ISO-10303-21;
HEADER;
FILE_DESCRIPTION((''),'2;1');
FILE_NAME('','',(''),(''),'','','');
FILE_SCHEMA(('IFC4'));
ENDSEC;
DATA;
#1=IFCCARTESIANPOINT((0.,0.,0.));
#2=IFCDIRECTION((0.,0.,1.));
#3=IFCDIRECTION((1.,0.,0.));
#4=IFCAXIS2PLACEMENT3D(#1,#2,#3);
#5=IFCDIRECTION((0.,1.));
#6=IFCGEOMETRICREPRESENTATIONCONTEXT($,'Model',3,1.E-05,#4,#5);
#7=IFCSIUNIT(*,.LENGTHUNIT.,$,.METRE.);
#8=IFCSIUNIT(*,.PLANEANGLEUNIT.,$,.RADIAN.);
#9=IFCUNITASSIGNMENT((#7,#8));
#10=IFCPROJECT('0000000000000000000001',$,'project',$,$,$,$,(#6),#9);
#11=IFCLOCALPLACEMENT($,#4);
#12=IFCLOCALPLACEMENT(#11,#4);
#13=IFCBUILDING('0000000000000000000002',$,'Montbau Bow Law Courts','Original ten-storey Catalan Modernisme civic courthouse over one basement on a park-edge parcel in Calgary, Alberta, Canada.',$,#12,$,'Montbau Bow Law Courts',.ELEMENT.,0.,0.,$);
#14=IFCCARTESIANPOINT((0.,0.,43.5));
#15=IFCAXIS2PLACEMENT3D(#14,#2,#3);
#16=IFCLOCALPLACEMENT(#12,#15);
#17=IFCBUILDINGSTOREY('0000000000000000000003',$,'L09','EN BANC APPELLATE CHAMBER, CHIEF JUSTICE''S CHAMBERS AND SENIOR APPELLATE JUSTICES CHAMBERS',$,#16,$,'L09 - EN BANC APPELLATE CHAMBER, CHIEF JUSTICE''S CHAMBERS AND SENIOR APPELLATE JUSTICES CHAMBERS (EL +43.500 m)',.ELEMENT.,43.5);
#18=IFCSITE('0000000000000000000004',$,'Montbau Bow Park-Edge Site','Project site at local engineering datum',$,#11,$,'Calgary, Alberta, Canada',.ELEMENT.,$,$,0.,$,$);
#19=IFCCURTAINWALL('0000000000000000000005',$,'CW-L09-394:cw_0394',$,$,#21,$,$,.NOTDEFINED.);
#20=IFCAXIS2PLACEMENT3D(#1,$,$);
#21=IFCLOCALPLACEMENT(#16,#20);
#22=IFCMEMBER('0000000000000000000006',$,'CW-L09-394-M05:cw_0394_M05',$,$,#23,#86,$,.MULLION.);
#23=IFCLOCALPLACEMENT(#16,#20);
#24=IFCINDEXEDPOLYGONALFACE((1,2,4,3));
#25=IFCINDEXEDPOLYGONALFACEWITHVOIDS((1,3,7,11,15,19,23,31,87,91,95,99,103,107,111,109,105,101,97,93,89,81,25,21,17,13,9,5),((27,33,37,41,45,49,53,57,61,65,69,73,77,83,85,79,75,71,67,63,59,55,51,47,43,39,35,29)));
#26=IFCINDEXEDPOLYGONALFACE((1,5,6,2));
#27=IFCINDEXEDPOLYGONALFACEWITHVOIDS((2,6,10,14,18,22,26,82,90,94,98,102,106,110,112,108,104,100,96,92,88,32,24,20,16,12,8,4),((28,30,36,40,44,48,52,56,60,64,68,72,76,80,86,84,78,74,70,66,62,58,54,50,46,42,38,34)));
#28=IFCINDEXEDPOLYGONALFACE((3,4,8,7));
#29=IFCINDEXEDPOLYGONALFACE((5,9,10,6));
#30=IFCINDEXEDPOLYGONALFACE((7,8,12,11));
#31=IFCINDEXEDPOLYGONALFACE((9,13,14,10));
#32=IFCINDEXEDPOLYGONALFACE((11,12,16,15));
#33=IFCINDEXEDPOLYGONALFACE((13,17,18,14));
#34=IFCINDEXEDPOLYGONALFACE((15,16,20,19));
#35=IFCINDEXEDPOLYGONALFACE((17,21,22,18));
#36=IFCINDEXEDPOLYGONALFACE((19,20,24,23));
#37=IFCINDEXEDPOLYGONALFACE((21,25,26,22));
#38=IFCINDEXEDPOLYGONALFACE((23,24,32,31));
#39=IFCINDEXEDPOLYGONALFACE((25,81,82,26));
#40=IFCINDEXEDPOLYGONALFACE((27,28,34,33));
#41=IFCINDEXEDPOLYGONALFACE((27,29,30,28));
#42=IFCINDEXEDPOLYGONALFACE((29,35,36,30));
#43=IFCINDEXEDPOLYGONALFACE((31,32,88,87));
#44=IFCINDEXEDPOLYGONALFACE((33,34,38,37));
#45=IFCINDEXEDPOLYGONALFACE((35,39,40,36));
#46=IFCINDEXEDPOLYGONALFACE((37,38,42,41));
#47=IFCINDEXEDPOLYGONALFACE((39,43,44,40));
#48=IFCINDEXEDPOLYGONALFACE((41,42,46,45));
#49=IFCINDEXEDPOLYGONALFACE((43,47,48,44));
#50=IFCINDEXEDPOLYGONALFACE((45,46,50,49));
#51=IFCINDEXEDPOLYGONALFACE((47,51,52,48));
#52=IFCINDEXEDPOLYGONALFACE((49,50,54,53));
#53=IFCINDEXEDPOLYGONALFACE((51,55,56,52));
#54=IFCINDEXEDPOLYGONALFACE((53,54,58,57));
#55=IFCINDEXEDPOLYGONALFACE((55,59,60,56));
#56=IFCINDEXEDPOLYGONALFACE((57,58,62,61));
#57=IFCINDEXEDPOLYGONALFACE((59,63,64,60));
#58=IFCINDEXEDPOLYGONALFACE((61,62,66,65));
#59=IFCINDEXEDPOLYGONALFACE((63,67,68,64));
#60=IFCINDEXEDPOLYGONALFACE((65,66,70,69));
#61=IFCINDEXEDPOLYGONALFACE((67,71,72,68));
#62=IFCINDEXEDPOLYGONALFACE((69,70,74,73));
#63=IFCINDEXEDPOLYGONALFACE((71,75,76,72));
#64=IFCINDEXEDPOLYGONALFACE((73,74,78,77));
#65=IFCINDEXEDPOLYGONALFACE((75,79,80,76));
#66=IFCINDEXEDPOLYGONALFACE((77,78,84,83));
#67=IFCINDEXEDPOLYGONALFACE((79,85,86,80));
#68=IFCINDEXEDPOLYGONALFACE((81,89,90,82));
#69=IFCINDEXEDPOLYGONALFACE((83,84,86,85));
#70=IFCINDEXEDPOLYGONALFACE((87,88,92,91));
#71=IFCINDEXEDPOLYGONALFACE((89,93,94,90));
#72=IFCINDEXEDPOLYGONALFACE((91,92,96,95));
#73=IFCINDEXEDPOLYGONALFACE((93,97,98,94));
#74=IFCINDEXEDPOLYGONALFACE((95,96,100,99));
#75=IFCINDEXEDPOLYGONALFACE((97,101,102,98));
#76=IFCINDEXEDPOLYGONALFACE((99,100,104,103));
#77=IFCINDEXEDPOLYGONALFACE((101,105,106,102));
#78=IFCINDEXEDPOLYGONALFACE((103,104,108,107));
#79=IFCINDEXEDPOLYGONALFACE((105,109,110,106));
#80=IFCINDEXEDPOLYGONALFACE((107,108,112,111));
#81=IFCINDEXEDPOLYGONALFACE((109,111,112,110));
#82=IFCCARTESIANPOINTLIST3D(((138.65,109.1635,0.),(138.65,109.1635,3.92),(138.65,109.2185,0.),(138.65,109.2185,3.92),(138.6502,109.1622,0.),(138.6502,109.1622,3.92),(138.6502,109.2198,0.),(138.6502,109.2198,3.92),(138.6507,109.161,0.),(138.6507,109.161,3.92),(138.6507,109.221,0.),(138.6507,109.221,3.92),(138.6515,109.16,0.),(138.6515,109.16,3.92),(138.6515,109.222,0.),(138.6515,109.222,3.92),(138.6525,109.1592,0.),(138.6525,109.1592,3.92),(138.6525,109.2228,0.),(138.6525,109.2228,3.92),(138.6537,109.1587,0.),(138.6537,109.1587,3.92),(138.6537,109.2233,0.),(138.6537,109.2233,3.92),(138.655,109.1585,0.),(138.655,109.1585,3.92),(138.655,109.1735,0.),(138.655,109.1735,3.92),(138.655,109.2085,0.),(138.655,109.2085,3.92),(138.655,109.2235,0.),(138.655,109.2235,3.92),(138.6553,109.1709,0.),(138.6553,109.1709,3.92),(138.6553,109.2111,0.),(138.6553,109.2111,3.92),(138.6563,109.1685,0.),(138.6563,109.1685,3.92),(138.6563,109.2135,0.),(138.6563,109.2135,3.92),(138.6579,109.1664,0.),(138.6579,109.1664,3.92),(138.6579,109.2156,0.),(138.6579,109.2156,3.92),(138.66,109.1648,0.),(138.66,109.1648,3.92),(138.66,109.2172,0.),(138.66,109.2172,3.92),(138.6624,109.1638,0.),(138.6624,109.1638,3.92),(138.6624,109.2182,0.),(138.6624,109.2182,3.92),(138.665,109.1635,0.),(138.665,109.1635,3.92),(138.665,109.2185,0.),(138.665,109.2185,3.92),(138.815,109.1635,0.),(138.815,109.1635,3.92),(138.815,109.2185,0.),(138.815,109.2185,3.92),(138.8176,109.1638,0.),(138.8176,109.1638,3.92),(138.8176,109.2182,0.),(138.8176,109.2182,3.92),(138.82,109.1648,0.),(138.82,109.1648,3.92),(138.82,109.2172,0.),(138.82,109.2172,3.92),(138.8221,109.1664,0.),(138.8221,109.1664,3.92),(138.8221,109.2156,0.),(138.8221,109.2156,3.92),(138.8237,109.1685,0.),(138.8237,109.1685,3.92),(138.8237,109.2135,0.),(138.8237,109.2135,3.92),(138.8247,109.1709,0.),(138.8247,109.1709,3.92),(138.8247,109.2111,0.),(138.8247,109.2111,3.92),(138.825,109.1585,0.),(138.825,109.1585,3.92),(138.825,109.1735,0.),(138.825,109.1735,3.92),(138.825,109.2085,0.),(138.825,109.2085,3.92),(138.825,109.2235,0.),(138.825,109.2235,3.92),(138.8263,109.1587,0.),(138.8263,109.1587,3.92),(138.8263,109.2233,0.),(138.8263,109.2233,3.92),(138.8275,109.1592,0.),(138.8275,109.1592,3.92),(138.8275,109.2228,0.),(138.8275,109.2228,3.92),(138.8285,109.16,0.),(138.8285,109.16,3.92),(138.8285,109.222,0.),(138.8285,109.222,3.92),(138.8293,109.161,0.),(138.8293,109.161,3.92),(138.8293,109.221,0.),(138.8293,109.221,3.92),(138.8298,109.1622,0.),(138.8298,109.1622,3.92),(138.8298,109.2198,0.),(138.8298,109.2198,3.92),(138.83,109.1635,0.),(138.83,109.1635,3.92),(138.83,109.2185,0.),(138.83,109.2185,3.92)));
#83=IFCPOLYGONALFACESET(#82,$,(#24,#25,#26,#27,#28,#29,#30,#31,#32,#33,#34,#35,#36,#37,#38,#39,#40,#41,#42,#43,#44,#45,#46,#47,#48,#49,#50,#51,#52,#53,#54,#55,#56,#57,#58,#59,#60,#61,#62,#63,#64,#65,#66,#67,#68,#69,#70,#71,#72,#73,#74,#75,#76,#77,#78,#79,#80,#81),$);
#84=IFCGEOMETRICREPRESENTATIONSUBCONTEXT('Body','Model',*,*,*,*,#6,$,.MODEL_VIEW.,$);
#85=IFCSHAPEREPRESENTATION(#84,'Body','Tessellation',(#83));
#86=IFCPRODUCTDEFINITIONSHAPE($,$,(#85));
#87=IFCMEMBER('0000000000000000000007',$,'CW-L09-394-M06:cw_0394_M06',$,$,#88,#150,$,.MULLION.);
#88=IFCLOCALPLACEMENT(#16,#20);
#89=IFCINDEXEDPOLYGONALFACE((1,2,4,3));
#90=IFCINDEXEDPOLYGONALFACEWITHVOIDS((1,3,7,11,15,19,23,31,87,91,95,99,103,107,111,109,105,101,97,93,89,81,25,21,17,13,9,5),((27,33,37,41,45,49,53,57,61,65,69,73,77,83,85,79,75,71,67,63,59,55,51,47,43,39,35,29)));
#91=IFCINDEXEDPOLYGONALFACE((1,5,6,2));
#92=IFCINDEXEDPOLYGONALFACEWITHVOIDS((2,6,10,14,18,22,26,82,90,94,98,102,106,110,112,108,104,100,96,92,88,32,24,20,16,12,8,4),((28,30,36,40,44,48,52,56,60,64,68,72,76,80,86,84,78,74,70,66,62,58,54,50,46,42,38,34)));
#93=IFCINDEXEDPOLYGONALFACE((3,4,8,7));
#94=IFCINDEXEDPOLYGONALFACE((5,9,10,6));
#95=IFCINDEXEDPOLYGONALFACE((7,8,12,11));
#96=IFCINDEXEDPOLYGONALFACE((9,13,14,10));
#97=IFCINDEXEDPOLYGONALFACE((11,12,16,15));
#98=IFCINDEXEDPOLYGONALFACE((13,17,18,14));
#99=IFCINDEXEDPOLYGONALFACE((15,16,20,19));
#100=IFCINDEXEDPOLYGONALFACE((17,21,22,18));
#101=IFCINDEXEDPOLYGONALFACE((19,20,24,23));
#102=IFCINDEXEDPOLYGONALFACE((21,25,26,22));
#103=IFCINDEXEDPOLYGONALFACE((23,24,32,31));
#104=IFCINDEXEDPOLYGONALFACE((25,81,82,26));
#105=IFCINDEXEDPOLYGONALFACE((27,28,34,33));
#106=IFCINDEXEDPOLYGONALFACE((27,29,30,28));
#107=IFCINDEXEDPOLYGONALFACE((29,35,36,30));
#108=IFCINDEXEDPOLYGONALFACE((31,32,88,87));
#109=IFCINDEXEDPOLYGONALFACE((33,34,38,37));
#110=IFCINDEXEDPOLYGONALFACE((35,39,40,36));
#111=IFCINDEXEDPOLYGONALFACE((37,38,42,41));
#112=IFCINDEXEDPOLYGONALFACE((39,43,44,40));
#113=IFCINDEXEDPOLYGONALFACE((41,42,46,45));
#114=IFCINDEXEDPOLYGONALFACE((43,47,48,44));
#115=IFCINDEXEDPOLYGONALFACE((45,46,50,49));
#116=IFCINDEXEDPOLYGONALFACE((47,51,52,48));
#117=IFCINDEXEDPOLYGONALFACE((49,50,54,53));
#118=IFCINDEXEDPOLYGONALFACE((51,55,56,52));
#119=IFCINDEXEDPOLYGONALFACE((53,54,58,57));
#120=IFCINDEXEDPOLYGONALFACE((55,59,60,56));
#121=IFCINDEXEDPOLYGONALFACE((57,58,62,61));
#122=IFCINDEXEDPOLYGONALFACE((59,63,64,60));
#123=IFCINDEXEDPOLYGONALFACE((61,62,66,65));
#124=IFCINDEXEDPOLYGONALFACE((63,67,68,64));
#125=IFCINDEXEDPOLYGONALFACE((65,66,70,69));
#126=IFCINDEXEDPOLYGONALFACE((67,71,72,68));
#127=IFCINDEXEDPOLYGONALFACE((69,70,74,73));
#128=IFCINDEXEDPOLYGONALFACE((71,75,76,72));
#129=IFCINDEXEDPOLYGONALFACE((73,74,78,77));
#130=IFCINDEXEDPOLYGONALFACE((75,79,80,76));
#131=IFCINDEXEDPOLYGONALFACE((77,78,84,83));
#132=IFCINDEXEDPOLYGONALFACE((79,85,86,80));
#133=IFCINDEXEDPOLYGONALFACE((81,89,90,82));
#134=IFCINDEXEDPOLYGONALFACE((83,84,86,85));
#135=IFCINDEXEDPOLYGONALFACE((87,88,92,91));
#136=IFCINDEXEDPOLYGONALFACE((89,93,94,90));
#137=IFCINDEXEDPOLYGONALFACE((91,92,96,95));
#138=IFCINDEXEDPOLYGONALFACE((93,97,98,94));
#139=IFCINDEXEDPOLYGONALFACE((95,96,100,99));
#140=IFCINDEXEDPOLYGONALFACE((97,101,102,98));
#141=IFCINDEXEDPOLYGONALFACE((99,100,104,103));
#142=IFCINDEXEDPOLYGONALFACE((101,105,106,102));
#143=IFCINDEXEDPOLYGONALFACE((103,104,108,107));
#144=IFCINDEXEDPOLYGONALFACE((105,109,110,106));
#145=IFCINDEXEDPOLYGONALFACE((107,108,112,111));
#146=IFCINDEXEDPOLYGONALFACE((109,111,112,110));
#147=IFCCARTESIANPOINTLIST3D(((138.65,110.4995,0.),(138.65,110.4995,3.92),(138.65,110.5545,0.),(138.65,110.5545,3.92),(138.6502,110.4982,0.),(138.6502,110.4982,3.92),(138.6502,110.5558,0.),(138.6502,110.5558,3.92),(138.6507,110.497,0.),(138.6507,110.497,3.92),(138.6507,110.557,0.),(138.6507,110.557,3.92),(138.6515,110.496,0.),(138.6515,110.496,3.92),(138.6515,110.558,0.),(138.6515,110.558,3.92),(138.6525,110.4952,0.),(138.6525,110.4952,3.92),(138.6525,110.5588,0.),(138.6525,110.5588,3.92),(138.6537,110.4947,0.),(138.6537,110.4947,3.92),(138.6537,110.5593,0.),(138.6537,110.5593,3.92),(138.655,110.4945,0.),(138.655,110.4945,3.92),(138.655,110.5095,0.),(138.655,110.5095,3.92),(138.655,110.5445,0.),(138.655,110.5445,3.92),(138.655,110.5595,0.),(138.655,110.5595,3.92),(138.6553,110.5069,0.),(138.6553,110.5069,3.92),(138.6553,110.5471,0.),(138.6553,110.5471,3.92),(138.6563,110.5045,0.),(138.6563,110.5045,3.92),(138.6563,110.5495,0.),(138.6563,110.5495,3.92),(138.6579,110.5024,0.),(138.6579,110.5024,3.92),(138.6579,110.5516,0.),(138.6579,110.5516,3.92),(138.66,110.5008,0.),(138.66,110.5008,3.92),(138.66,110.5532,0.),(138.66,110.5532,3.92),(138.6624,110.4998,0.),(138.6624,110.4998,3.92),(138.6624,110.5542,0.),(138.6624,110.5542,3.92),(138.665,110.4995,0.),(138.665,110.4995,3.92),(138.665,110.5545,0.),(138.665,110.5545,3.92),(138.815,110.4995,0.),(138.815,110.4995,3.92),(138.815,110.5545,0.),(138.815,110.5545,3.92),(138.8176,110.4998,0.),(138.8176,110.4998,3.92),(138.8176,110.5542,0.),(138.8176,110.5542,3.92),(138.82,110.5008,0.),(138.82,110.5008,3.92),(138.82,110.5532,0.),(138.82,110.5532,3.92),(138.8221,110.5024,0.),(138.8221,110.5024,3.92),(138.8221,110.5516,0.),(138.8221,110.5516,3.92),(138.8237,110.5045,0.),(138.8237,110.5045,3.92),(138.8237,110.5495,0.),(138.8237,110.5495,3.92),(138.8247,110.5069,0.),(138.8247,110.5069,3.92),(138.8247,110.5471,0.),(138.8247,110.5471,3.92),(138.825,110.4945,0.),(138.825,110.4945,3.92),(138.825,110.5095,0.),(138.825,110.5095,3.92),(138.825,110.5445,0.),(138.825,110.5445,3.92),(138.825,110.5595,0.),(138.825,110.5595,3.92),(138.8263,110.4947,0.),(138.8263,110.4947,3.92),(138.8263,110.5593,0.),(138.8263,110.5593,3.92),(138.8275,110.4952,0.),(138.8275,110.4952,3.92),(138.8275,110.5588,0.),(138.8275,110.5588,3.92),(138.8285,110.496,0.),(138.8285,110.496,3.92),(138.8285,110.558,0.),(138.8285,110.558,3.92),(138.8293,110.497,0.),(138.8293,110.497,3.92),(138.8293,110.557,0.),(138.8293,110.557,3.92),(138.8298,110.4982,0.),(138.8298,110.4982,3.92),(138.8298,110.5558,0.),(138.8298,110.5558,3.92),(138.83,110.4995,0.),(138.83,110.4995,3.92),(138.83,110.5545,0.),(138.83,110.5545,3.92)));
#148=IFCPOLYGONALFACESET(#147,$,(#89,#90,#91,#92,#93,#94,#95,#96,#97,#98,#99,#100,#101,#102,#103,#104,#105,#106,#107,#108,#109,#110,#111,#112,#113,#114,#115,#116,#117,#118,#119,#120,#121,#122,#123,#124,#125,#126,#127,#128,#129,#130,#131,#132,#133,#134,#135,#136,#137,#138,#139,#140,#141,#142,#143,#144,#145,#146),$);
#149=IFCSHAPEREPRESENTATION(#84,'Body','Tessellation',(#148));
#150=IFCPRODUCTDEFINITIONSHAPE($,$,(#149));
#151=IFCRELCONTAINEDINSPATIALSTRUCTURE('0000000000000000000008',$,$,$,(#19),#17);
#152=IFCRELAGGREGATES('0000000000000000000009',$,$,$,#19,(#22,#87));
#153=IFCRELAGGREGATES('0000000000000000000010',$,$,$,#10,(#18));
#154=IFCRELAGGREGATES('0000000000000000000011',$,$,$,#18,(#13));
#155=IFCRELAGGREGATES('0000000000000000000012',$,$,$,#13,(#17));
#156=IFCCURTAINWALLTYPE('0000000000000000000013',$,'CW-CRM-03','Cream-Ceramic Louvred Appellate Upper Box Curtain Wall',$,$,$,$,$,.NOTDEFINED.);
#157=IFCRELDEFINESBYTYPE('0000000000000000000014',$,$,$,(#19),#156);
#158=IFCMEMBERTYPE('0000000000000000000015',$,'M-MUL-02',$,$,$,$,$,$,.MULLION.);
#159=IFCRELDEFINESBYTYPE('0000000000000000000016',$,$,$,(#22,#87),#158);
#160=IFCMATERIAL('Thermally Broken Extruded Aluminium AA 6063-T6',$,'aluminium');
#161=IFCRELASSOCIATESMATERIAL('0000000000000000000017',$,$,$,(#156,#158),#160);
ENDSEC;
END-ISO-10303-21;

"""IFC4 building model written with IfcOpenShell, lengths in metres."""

from ifc_helpers import new_model, si_unit, direction, frame, origin_with_axes, origin_2d_with_axis, place, context, subcontext, project, spatial, hollow_rectangle, extrude, material, material_profile, profile_set, type_object, element, aggregate, save


model = new_model("IFC4")

# Units and contexts
model_context = context("Model", 3, precision=1e-05, world=origin_with_axes(), true_north=direction((0.0, 1.0)))
body_context = subcontext(model_context, "Body", "Model", "MODEL_VIEW")
ifc_project = project(units=[si_unit("LENGTHUNIT", "METRE"), si_unit("PLANEANGLEUNIT", "RADIAN")], contexts=[model_context])

# Site, building, storey
site_placement = place(None, origin_with_axes())
site = spatial("IfcSite", under=ifc_project, at=site_placement, Name="Montbau Bow Park-Edge Site", Description="Project site at local engineering datum", LongName="Calgary, Alberta, Canada", CompositionType="ELEMENT", RefElevation=0.0)
building_placement = place(site_placement, origin_with_axes())
building = spatial("IfcBuilding", under=site, at=building_placement, Name="Montbau Bow Law Courts", Description="Original ten-storey Catalan Modernisme civic courthouse over one basement on a park-edge parcel in Calgary, Alberta, Canada.", LongName="Montbau Bow Law Courts", CompositionType="ELEMENT", ElevationOfRefHeight=0.0, ElevationOfTerrain=0.0)
storey_placement = place(building_placement, frame((0.0, 0.0, 43.5), z_axis=(0.0, 0.0, 1.0), x_axis=(1.0, 0.0, 0.0)))
storey = spatial("IfcBuildingStorey", under=building, at=storey_placement, Name="L09", Description="EN BANC APPELLATE CHAMBER, CHIEF JUSTICE'S CHAMBERS AND SENIOR APPELLATE JUSTICES CHAMBERS", LongName="L09 - EN BANC APPELLATE CHAMBER, CHIEF JUSTICE'S CHAMBERS AND SENIOR APPELLATE JUSTICES CHAMBERS (EL +43.500 m)", CompositionType="ELEMENT", Elevation=43.5)

# Curtain wall, members
ifc_material_1 = material(Name="Thermally Broken Extruded Aluminium AA 6063-T6", Category="aluminium")
curtain_wall_type = type_object("IfcCurtainWallType", Name="CW-CRM-03", Description="Cream-Ceramic Louvred Appellate Upper Box Curtain Wall", PredefinedType="NOTDEFINED", material=ifc_material_1)
curtain_wall_1_placement = place(None, frame((138.74, 103.715, 43.5), z_axis=(0.0, 0.0, 1.0), x_axis=(1.0, 0.0, 0.0)))
curtain_wall_1 = element("IfcCurtainWall", 1, at=curtain_wall_1_placement, inside=storey, type_object=curtain_wall_type, Name="CW-L09-394:cw_0394", PredefinedType="NOTDEFINED")
ifc_material_profile_1 = material_profile(ifc_material_1, hollow_rectangle(XDim=0.065, YDim=0.18, WallThickness=0.005, InnerFilletRadius=0.01, OuterFilletRadius=0.005, at=origin_2d_with_axis()), Name="CWM-180X65", Category="Main", Priority=0)
ifc_profile_set_1 = profile_set([ifc_material_profile_1], Name="Thermally Broken Extruded Aluminium AA 6063-T6")
member_type_1 = type_object("IfcMemberType", Name="M-MUL-02", PredefinedType="MULLION", material=ifc_profile_set_1)
member_1_placement = place(None, frame((138.74, 109.191, 43.5), z_axis=(0.0, 0.0, 1.0), x_axis=(0.0, 1.0, 0.0)))
member_1 = element("IfcMember", 2, at=member_1_placement, type_object=member_type_1, Name="CW-L09-394-M05:cw_0394_M05", PredefinedType="MULLION", context=body_context, shape_type="SweptSolid", body=[
    extrude(hollow_rectangle(XDim=0.065, YDim=0.18, WallThickness=0.005, InnerFilletRadius=0.01, OuterFilletRadius=0.005, at=origin_2d_with_axis()), origin_with_axes(), (0.0, 0.0, 1.0), 3.92),
])
member_2_placement = place(None, frame((138.74, 110.527, 43.5), z_axis=(0.0, 0.0, 1.0), x_axis=(0.0, 1.0, 0.0)))
member_2 = element("IfcMember", 3, at=member_2_placement, type_object=member_type_1, Name="CW-L09-394-M06:cw_0394_M06", PredefinedType="MULLION", context=body_context, shape_type="SweptSolid", body=[
    extrude(hollow_rectangle(XDim=0.065, YDim=0.18, WallThickness=0.005, InnerFilletRadius=0.01, OuterFilletRadius=0.005, at=origin_2d_with_axis()), origin_with_axes(), (0.0, 0.0, 1.0), 3.92),
])

aggregate(curtain_wall_1, [member_1, member_2])

save(model, "model.ifc")
